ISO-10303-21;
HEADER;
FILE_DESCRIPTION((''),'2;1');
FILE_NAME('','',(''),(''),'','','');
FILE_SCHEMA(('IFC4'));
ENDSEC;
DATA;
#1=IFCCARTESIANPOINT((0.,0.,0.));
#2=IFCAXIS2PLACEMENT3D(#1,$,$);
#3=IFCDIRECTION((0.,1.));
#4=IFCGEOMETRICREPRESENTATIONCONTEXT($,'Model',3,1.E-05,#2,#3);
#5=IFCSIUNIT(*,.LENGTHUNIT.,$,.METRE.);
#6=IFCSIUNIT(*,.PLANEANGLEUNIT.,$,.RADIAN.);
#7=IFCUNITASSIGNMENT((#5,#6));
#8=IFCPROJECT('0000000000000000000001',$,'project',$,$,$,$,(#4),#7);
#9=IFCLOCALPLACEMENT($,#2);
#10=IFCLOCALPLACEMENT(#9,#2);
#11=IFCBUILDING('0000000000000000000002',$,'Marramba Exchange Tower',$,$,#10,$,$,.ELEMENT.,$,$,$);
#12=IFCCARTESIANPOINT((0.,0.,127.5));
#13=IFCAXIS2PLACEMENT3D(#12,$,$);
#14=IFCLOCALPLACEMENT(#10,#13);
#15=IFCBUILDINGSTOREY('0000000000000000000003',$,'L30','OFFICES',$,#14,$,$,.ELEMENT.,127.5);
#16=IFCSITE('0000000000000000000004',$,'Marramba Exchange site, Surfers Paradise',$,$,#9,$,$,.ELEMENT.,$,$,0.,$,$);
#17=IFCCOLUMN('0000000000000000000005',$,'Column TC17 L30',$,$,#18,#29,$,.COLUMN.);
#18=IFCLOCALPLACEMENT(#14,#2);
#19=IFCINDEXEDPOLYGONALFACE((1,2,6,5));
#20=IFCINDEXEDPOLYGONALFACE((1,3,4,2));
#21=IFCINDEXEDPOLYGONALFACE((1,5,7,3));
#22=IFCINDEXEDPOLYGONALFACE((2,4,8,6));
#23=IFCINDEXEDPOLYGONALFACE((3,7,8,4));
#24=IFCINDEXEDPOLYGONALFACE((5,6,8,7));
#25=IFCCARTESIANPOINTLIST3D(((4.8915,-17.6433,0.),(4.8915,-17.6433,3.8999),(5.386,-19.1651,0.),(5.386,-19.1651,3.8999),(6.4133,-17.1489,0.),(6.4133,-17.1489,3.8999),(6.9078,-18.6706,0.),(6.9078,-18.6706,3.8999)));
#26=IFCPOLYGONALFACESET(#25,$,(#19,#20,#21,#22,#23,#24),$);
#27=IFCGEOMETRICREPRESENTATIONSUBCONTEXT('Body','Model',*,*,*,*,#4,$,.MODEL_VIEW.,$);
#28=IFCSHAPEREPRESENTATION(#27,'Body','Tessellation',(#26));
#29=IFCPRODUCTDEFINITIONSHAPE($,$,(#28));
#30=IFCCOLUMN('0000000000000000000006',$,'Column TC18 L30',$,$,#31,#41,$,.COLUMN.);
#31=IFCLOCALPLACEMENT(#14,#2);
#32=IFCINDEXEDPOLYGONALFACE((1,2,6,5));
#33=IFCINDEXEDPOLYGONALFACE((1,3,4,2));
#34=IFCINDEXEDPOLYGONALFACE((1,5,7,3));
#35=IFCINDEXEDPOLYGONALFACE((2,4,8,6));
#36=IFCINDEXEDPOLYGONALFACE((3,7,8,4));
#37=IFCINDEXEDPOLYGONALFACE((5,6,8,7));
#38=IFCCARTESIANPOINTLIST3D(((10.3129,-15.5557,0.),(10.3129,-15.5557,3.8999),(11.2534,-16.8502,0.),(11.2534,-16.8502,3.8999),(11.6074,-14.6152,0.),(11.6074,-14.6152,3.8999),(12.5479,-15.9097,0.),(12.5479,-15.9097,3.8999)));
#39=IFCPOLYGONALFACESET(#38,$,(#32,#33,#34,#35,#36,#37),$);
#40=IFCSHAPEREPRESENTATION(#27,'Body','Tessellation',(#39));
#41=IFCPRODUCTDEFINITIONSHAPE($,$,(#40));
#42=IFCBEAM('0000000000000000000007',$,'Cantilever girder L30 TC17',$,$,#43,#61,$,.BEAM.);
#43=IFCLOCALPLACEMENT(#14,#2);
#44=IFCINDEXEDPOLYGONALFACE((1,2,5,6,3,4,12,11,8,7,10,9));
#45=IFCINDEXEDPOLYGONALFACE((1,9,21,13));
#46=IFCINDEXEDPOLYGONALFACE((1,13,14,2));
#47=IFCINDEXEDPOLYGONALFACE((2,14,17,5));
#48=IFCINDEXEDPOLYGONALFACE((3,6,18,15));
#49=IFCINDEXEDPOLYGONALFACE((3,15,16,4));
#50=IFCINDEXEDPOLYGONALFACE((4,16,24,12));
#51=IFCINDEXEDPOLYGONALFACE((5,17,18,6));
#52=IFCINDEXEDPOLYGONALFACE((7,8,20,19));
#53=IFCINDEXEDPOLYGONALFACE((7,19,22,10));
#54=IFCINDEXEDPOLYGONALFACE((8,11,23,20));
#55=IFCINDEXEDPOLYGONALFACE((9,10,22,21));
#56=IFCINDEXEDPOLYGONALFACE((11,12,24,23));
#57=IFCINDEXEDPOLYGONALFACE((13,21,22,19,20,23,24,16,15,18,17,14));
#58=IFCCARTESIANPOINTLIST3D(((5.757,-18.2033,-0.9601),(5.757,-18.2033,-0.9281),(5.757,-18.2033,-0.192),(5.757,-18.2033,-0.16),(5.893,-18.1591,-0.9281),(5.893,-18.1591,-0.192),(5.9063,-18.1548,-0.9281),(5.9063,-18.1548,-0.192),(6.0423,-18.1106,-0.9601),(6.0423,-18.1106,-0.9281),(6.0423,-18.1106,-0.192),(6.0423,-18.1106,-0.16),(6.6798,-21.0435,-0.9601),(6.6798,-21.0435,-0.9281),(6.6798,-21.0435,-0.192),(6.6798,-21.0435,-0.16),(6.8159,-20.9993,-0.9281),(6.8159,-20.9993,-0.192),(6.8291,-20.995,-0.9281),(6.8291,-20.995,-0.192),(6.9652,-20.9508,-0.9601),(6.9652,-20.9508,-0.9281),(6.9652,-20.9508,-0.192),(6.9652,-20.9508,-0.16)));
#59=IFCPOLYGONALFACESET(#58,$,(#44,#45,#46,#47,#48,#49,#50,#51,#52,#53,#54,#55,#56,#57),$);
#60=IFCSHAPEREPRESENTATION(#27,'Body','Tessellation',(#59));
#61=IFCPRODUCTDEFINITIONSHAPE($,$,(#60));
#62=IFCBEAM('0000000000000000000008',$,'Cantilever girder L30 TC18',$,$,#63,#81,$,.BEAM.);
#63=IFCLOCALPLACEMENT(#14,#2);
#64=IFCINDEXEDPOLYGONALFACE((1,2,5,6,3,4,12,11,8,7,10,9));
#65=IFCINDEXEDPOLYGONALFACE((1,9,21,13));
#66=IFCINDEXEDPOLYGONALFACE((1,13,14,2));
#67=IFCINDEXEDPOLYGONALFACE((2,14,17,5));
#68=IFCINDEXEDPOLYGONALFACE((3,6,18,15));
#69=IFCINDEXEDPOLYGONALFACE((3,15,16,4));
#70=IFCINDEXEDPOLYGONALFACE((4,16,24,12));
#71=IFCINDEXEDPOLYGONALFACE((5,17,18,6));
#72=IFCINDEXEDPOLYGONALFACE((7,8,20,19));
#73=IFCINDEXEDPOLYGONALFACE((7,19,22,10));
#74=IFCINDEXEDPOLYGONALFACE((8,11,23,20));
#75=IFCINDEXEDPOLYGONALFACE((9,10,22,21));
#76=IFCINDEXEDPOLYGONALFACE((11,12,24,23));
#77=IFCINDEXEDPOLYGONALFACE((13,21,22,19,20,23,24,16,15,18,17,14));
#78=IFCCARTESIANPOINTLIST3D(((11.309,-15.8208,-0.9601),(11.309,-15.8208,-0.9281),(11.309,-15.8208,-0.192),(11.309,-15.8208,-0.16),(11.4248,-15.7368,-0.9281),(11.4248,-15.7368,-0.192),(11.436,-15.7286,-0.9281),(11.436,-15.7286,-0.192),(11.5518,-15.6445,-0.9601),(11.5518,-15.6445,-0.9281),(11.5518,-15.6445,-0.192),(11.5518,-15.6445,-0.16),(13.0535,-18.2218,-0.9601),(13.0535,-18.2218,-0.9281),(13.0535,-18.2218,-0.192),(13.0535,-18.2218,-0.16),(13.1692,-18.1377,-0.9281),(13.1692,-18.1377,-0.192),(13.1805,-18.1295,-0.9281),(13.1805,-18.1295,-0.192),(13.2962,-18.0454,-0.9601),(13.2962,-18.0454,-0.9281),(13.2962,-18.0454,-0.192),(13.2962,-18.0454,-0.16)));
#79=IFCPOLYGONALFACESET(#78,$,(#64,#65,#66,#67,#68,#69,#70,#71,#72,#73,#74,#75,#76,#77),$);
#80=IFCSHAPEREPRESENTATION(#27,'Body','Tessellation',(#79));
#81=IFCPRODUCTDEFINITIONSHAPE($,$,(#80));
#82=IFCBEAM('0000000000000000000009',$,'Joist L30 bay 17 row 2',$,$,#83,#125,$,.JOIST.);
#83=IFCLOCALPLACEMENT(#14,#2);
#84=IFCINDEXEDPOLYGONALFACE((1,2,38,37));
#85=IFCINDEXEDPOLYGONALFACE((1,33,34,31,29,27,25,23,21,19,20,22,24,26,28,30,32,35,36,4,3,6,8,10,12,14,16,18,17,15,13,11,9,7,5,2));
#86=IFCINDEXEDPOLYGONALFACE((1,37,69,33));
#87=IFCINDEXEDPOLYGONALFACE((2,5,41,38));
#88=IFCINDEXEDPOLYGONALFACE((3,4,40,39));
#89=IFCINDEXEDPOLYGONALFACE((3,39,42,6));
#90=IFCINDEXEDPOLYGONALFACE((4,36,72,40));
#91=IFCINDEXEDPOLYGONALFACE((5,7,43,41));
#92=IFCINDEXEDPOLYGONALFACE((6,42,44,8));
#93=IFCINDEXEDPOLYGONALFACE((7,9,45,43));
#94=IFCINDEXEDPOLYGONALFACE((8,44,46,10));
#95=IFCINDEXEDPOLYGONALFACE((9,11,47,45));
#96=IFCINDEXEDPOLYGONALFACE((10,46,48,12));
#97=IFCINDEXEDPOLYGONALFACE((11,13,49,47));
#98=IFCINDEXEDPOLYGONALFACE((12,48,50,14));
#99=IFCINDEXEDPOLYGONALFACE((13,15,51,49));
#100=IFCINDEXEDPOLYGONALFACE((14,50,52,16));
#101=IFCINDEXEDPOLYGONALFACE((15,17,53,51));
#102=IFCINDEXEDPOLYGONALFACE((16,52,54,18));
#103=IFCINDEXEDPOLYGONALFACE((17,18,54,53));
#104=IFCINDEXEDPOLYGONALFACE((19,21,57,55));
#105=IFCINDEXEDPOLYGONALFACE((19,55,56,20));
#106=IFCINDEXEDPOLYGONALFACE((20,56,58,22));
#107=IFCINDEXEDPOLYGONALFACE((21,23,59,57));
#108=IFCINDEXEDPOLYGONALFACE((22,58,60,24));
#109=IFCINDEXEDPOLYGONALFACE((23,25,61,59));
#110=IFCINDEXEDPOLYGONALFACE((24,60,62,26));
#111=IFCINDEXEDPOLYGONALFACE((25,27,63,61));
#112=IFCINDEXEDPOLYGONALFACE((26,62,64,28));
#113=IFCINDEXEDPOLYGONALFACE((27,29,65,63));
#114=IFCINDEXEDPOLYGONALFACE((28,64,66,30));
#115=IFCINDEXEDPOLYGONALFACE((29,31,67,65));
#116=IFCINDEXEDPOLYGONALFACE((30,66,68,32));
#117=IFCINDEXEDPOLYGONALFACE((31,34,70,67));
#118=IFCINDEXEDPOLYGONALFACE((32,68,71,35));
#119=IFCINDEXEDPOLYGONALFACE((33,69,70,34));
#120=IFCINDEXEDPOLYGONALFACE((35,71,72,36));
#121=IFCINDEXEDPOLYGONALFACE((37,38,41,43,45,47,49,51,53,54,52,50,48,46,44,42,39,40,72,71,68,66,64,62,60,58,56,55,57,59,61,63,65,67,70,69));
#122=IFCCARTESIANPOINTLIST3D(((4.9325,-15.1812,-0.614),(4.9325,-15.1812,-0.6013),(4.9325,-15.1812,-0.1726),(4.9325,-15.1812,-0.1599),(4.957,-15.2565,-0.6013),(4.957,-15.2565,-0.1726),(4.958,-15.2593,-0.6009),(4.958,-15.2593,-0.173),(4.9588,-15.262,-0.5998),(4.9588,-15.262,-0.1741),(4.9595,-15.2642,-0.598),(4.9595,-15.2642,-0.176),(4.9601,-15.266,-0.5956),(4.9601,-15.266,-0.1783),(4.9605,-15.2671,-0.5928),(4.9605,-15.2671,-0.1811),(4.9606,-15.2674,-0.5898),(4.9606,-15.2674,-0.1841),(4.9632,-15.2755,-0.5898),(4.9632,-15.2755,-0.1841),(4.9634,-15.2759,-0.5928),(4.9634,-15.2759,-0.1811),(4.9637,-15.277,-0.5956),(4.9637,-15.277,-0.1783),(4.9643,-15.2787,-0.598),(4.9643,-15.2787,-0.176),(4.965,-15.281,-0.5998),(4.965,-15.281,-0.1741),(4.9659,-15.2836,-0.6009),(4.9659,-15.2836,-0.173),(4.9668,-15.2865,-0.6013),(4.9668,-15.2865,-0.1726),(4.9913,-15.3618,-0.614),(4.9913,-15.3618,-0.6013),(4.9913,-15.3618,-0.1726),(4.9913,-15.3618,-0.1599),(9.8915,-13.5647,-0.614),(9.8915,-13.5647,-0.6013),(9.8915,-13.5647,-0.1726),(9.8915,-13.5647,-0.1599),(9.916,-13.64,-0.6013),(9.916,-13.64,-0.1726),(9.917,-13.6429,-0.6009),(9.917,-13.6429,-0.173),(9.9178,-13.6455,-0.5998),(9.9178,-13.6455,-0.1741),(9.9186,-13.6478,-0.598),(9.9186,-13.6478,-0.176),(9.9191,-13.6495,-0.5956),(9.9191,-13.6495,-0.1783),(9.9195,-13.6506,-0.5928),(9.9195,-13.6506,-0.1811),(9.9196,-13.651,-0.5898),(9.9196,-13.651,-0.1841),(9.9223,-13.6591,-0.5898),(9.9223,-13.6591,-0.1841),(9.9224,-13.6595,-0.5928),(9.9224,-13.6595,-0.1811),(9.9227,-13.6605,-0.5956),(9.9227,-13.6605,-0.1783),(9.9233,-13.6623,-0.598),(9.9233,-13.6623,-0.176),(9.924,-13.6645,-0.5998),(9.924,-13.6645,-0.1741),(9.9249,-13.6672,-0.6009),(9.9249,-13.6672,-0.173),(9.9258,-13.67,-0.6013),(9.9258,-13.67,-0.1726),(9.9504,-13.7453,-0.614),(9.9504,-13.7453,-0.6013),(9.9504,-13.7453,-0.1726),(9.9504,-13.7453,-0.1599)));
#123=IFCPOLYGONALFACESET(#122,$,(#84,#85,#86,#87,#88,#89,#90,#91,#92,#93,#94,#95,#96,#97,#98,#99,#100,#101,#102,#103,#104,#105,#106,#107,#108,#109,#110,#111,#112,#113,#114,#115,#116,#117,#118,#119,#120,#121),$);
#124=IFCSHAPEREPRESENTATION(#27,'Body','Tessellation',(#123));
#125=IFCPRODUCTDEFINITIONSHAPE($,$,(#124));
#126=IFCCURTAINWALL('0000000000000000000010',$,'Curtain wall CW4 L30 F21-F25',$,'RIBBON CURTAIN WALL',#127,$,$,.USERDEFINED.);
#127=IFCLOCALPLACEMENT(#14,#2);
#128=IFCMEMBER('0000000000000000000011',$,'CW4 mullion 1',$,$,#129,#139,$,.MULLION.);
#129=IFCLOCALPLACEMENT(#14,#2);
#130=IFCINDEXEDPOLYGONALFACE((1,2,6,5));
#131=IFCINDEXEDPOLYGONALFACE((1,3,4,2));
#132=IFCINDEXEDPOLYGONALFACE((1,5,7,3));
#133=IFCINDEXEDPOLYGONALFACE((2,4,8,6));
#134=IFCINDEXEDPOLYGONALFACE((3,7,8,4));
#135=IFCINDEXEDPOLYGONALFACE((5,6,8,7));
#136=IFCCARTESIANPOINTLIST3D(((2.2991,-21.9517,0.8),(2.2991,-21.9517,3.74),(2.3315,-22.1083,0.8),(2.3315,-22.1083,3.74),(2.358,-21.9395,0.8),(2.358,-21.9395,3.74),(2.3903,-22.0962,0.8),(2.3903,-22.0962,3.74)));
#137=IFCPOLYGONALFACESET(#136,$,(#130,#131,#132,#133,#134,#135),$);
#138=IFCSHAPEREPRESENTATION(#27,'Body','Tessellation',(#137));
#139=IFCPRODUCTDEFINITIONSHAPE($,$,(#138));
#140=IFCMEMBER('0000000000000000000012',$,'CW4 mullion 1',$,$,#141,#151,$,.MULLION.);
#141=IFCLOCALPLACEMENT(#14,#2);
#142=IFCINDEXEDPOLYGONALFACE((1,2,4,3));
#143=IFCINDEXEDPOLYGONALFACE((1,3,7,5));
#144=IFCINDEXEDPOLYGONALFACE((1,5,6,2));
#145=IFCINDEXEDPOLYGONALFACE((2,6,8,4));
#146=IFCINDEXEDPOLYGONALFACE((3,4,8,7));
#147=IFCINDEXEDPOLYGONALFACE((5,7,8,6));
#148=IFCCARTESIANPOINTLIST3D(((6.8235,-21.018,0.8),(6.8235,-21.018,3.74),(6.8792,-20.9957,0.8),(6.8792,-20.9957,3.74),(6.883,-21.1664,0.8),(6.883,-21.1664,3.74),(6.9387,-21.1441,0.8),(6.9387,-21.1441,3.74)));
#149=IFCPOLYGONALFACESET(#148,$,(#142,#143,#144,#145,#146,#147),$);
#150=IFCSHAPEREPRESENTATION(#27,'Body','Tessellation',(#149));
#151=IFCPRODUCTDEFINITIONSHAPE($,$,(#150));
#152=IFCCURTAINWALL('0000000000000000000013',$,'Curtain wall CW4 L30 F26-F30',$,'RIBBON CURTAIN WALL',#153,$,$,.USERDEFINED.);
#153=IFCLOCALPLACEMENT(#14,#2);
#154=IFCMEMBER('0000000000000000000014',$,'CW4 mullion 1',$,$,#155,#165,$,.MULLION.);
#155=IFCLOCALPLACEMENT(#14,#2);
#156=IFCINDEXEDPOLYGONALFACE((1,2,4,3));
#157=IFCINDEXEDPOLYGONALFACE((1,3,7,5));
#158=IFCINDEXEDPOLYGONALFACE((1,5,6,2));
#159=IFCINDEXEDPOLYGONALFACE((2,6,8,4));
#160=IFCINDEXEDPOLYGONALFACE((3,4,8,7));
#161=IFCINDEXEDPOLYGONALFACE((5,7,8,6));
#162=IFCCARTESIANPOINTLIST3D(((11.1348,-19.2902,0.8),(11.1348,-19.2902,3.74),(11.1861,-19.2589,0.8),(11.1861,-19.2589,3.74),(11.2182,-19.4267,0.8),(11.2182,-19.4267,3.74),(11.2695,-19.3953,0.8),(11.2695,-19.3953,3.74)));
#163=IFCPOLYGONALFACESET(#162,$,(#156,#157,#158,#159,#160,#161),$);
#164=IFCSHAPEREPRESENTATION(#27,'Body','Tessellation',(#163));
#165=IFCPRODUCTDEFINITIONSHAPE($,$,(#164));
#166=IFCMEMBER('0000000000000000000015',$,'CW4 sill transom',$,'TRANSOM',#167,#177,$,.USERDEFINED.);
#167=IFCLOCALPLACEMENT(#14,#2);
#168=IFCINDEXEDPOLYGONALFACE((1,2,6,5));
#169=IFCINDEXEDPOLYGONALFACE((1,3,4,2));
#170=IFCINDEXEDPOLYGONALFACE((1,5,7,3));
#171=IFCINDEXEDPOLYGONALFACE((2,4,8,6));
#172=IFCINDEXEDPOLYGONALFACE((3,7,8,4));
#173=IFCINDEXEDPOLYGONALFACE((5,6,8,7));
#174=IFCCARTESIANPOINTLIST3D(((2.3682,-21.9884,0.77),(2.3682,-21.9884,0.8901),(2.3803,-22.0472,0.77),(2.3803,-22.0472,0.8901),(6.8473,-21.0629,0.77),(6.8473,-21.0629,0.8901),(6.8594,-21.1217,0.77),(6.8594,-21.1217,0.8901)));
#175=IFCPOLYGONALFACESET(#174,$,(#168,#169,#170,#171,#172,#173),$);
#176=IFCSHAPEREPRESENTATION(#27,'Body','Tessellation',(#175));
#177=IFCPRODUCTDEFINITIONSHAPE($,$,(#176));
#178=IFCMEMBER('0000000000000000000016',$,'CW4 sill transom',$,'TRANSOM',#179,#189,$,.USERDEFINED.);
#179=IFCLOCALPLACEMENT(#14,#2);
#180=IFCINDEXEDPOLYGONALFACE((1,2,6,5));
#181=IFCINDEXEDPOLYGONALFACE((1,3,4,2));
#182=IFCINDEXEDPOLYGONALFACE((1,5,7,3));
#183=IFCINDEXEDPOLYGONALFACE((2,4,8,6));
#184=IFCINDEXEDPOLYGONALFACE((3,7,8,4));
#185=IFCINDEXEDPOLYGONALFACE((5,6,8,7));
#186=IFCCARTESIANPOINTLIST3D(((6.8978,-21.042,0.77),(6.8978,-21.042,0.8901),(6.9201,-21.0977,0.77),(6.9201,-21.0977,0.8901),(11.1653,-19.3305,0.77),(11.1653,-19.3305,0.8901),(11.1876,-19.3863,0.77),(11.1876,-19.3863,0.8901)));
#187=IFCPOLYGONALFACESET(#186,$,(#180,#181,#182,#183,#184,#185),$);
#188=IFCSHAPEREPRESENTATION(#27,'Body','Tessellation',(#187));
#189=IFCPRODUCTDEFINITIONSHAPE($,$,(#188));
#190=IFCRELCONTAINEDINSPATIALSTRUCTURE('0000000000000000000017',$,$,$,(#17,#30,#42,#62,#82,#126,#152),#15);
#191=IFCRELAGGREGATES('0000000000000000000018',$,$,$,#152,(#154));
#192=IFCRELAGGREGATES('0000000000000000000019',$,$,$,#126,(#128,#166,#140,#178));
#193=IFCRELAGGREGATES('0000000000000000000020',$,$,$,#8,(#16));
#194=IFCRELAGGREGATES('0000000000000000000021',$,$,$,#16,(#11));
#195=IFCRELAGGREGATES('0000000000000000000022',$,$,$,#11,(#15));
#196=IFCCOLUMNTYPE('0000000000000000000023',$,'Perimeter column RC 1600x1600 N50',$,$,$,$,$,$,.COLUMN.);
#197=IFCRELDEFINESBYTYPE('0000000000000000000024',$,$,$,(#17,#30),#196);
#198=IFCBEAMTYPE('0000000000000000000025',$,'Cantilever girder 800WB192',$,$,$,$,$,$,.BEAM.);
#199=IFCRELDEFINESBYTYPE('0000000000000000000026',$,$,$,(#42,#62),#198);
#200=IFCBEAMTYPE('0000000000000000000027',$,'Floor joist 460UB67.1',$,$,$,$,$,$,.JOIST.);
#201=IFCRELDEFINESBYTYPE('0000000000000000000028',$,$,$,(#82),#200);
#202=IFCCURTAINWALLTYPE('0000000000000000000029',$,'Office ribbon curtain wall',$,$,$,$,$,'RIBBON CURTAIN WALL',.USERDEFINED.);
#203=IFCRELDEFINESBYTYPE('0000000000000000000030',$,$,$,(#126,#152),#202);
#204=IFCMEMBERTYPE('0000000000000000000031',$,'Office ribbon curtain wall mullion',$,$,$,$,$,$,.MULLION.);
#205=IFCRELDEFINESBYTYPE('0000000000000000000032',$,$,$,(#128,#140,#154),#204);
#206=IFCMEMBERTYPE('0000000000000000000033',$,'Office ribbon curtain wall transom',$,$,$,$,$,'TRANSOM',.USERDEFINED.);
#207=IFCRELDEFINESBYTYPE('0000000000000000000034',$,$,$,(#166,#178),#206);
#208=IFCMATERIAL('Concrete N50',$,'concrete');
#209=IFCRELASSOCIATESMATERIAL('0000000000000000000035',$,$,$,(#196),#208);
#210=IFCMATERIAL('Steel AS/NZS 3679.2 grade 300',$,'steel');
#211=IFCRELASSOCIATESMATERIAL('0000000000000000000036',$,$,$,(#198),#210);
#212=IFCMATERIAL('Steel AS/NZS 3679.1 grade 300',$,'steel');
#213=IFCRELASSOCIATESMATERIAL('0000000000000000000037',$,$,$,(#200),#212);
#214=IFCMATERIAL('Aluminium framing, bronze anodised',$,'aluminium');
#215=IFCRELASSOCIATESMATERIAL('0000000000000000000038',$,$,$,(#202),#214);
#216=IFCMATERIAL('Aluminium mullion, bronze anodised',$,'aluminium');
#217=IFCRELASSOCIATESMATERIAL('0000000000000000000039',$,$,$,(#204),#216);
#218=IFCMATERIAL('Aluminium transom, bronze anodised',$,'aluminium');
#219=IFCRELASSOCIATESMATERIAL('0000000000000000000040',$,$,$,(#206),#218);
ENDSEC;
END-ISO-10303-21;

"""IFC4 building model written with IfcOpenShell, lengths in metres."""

from ifc_helpers import new_model, si_unit, direction, frame, origin, origin_2d, place, context, subcontext, project, spatial, rectangle, i_section, extrude, material, material_profile, profile_set, type_object, element, aggregate, save


model = new_model("IFC4")

# Units and contexts
model_context = context("Model", 3, precision=1e-05, world=origin(), true_north=direction((0.0, 1.0)))
body_context = subcontext(model_context, "Body", "Model", "MODEL_VIEW")
ifc_project = project(units=[si_unit("LENGTHUNIT", "METRE"), si_unit("PLANEANGLEUNIT", "RADIAN")], contexts=[model_context])

# Site, building, storey
site_placement = place(None, origin())
site = spatial("IfcSite", under=ifc_project, at=site_placement, Name="Marramba Exchange site, Surfers Paradise", CompositionType="ELEMENT", RefElevation=0.0)
building_placement = place(site_placement, origin())
building = spatial("IfcBuilding", under=site, at=building_placement, Name="Marramba Exchange Tower", CompositionType="ELEMENT")
storey_placement = place(building_placement, frame((0.0, 0.0, 127.5)))
storey = spatial("IfcBuildingStorey", under=building, at=storey_placement, Name="L30", Description="OFFICES", CompositionType="ELEMENT", Elevation=127.5)

# Columns
ifc_material_1 = material(Name="Concrete N50", Category="concrete")
ifc_material_profile_1 = material_profile(ifc_material_1, rectangle(XDim=1.6001, YDim=1.6001, at=origin_2d()), Name="RC 1600x1600")
ifc_profile_set_1 = profile_set([ifc_material_profile_1], Name="Concrete N50")
column_type = type_object("IfcColumnType", Name="Perimeter column RC 1600x1600 N50", PredefinedType="COLUMN", material=ifc_profile_set_1)
for number, where, z_axis, x_axis, name in (
    (1, (5.8997, -18.157, 0.0), (0.0, 0.0, 1.0), (0.309017, -0.951057, 0.0), "Column TC17 L30"),
    (2, (11.4304, -15.7327, 0.0), (0.0, 0.0, 1.0), (0.587785, -0.809017, 0.0), "Column TC18 L30"),
):
    element("IfcColumn", number, at=place(storey_placement, frame(where, z_axis=z_axis, x_axis=x_axis)), inside=storey, type_object=column_type, Name=name, PredefinedType="COLUMN", context=body_context, shape_type="SweptSolid", body=[
        extrude(rectangle(XDim=1.6001, YDim=1.6001, at=origin_2d()), origin(), (0.0, 0.0, 1.0), 3.8999),
    ])

# Beams
ifc_material_2 = material(Name="Steel AS/NZS 3679.2 grade 300", Category="steel")
ifc_material_profile_2 = material_profile(ifc_material_2, i_section(OverallWidth=0.3, OverallDepth=0.8, WebThickness=0.0139, FlangeThickness=0.032, at=origin_2d()), Name="800WB192")
ifc_profile_set_2 = profile_set([ifc_material_profile_2], Name="Steel AS/NZS 3679.2 grade 300")
beam_type_1 = type_object("IfcBeamType", Name="Cantilever girder 800WB192", PredefinedType="BEAM", material=ifc_profile_set_2)
beam_1_placement = place(storey_placement, frame((5.8997, -18.157, -0.5601), z_axis=(0.309032, -0.951051, 0.0), x_axis=(0.951051, 0.309032, 0.0)))
element("IfcBeam", 3, at=beam_1_placement, inside=storey, type_object=beam_type_1, Name="Cantilever girder L30 TC17", PredefinedType="BEAM", context=body_context, shape_type="SweptSolid", body=[
    extrude(i_section(OverallWidth=0.3, OverallDepth=0.8, WebThickness=0.0139, FlangeThickness=0.032, at=origin_2d()), origin(), (0.0, 0.0, 1.0), 2.9863),
])
beam_2_placement = place(storey_placement, frame((11.4304, -15.7327, -0.5601), z_axis=(0.587795, -0.80901, 0.0), x_axis=(0.80901, 0.587795, 0.0)))
element("IfcBeam", 4, at=beam_2_placement, inside=storey, type_object=beam_type_1, Name="Cantilever girder L30 TC18", PredefinedType="BEAM", context=body_context, shape_type="SweptSolid", body=[
    extrude(i_section(OverallWidth=0.3, OverallDepth=0.8, WebThickness=0.0139, FlangeThickness=0.032, at=origin_2d()), origin(), (0.0, 0.0, 1.0), 2.9678),
])
ifc_material_3 = material(Name="Steel AS/NZS 3679.1 grade 300", Category="steel")
ifc_material_profile_3 = material_profile(ifc_material_3, i_section(OverallWidth=0.1899, OverallDepth=0.4541, WebThickness=0.0085, FlangeThickness=0.0127, FilletRadius=0.0115, at=origin_2d()), Name="460UB67.1")
ifc_profile_set_3 = profile_set([ifc_material_profile_3], Name="Steel AS/NZS 3679.1 grade 300")
beam_type_2 = type_object("IfcBeamType", Name="Floor joist 460UB67.1", PredefinedType="JOIST", material=ifc_profile_set_3)
beam_3_placement = place(storey_placement, frame((4.9619, -15.2715, -0.387), z_axis=(0.950764, 0.309916, 0.0), x_axis=(-0.309916, 0.950764, 0.0)))
element("IfcBeam", 5, at=beam_3_placement, inside=storey, type_object=beam_type_2, Name="Joist L30 bay 17 row 2", PredefinedType="JOIST", context=body_context, shape_type="SweptSolid", body=[
    extrude(i_section(OverallWidth=0.1899, OverallDepth=0.4541, WebThickness=0.0085, FlangeThickness=0.0127, FilletRadius=0.0115, at=origin_2d()), origin(), (0.0, 0.0, 1.0), 5.2158),
])

# Curtain wall, members
ifc_material_4 = material(Name="Aluminium framing, bronze anodised", Category="aluminium")
curtain_wall_type = type_object("IfcCurtainWallType", Name="Office ribbon curtain wall", ElementType="RIBBON CURTAIN WALL", PredefinedType="USERDEFINED", material=ifc_material_4)
curtain_wall_1_placement = place(storey_placement, origin())
curtain_wall_1 = element("IfcCurtainWall", 6, at=curtain_wall_1_placement, inside=storey, type_object=curtain_wall_type, Name="Curtain wall CW4 L30 F21-F25", ObjectType="RIBBON CURTAIN WALL", PredefinedType="USERDEFINED")
ifc_material_5 = material(Name="Aluminium mullion, bronze anodised", Category="aluminium")
ifc_material_profile_4 = material_profile(ifc_material_5, rectangle(XDim=0.1599, YDim=0.0601, at=origin_2d()), Name="CW4 mullion 60x160")
ifc_profile_set_4 = profile_set([ifc_material_profile_4], Name="Aluminium mullion, bronze anodised")
member_type_1 = type_object("IfcMemberType", Name="Office ribbon curtain wall mullion", PredefinedType="MULLION", material=ifc_profile_set_4)
member_1_placement = place(storey_placement, frame((2.3447, -22.0239, 0.8), z_axis=(0.0, 0.0, 1.0), x_axis=(-0.202365, 0.97931, 0.0)))
member_1 = element("IfcMember", 7, at=member_1_placement, type_object=member_type_1, Name="CW4 mullion 1", PredefinedType="MULLION", context=body_context, shape_type="SweptSolid", body=[
    extrude(rectangle(XDim=0.1599, YDim=0.0601, at=origin_2d()), origin(), (0.0, 0.0, 1.0), 2.9399),
])
member_2_placement = place(storey_placement, frame((6.8811, -21.0811, 0.8), z_axis=(0.0, 0.0, 1.0), x_axis=(-0.372209, 0.928149, 0.0)))
member_2 = element("IfcMember", 8, at=member_2_placement, type_object=member_type_1, Name="CW4 mullion 1", PredefinedType="MULLION", context=body_context, shape_type="SweptSolid", body=[
    extrude(rectangle(XDim=0.1599, YDim=0.0601, at=origin_2d()), origin(), (0.0, 0.0, 1.0), 2.9399),
])

# Curtain wall, member
curtain_wall_2_placement = place(storey_placement, origin())
curtain_wall_2 = element("IfcCurtainWall", 9, at=curtain_wall_2_placement, inside=storey, type_object=curtain_wall_type, Name="Curtain wall CW4 L30 F26-F30", ObjectType="RIBBON CURTAIN WALL", PredefinedType="USERDEFINED")
member_3_placement = place(storey_placement, frame((11.2021, -19.3428, 0.8), z_axis=(0.0, 0.0, 1.0), x_axis=(-0.521733, 0.853109, 0.0)))
member_3 = element("IfcMember", 10, at=member_3_placement, type_object=member_type_1, Name="CW4 mullion 1", PredefinedType="MULLION", context=body_context, shape_type="SweptSolid", body=[
    extrude(rectangle(XDim=0.1599, YDim=0.0601, at=origin_2d()), origin(), (0.0, 0.0, 1.0), 2.9399),
])

# Members
ifc_material_6 = material(Name="Aluminium transom, bronze anodised", Category="aluminium")
ifc_material_profile_5 = material_profile(ifc_material_6, rectangle(XDim=0.0601, YDim=0.1201, at=origin_2d()), Name="CW4 transom 60x120")
ifc_profile_set_5 = profile_set([ifc_material_profile_5], Name="Aluminium transom, bronze anodised")
member_type_2 = type_object("IfcMemberType", Name="Office ribbon curtain wall transom", ElementType="TRANSOM", PredefinedType="USERDEFINED", material=ifc_profile_set_5)
member_4_placement = place(storey_placement, frame((2.3743, -22.0178, 0.8301), z_axis=(0.97931, 0.202364, 0.0), x_axis=(-0.202364, 0.97931, 0.0)))
member_4 = element("IfcMember", 11, at=member_4_placement, type_object=member_type_2, Name="CW4 sill transom", ObjectType="TRANSOM", PredefinedType="USERDEFINED", context=body_context, shape_type="SweptSolid", body=[
    extrude(rectangle(XDim=0.0601, YDim=0.1201, at=origin_2d()), origin(), (0.0, 0.0, 1.0), 4.5737),
])
member_5_placement = place(storey_placement, frame((6.9089, -21.0698, 0.8301), z_axis=(0.928147, 0.372214, 0.0), x_axis=(-0.372214, 0.928147, 0.0)))
member_5 = element("IfcMember", 12, at=member_5_placement, type_object=member_type_2, Name="CW4 sill transom", ObjectType="TRANSOM", PredefinedType="USERDEFINED", context=body_context, shape_type="SweptSolid", body=[
    extrude(rectangle(XDim=0.0601, YDim=0.1201, at=origin_2d()), origin(), (0.0, 0.0, 1.0), 4.5979),
])
aggregate(curtain_wall_2, [member_3])

aggregate(curtain_wall_1, [member_1, member_4, member_2, member_5])

save(model, "model.ifc")
